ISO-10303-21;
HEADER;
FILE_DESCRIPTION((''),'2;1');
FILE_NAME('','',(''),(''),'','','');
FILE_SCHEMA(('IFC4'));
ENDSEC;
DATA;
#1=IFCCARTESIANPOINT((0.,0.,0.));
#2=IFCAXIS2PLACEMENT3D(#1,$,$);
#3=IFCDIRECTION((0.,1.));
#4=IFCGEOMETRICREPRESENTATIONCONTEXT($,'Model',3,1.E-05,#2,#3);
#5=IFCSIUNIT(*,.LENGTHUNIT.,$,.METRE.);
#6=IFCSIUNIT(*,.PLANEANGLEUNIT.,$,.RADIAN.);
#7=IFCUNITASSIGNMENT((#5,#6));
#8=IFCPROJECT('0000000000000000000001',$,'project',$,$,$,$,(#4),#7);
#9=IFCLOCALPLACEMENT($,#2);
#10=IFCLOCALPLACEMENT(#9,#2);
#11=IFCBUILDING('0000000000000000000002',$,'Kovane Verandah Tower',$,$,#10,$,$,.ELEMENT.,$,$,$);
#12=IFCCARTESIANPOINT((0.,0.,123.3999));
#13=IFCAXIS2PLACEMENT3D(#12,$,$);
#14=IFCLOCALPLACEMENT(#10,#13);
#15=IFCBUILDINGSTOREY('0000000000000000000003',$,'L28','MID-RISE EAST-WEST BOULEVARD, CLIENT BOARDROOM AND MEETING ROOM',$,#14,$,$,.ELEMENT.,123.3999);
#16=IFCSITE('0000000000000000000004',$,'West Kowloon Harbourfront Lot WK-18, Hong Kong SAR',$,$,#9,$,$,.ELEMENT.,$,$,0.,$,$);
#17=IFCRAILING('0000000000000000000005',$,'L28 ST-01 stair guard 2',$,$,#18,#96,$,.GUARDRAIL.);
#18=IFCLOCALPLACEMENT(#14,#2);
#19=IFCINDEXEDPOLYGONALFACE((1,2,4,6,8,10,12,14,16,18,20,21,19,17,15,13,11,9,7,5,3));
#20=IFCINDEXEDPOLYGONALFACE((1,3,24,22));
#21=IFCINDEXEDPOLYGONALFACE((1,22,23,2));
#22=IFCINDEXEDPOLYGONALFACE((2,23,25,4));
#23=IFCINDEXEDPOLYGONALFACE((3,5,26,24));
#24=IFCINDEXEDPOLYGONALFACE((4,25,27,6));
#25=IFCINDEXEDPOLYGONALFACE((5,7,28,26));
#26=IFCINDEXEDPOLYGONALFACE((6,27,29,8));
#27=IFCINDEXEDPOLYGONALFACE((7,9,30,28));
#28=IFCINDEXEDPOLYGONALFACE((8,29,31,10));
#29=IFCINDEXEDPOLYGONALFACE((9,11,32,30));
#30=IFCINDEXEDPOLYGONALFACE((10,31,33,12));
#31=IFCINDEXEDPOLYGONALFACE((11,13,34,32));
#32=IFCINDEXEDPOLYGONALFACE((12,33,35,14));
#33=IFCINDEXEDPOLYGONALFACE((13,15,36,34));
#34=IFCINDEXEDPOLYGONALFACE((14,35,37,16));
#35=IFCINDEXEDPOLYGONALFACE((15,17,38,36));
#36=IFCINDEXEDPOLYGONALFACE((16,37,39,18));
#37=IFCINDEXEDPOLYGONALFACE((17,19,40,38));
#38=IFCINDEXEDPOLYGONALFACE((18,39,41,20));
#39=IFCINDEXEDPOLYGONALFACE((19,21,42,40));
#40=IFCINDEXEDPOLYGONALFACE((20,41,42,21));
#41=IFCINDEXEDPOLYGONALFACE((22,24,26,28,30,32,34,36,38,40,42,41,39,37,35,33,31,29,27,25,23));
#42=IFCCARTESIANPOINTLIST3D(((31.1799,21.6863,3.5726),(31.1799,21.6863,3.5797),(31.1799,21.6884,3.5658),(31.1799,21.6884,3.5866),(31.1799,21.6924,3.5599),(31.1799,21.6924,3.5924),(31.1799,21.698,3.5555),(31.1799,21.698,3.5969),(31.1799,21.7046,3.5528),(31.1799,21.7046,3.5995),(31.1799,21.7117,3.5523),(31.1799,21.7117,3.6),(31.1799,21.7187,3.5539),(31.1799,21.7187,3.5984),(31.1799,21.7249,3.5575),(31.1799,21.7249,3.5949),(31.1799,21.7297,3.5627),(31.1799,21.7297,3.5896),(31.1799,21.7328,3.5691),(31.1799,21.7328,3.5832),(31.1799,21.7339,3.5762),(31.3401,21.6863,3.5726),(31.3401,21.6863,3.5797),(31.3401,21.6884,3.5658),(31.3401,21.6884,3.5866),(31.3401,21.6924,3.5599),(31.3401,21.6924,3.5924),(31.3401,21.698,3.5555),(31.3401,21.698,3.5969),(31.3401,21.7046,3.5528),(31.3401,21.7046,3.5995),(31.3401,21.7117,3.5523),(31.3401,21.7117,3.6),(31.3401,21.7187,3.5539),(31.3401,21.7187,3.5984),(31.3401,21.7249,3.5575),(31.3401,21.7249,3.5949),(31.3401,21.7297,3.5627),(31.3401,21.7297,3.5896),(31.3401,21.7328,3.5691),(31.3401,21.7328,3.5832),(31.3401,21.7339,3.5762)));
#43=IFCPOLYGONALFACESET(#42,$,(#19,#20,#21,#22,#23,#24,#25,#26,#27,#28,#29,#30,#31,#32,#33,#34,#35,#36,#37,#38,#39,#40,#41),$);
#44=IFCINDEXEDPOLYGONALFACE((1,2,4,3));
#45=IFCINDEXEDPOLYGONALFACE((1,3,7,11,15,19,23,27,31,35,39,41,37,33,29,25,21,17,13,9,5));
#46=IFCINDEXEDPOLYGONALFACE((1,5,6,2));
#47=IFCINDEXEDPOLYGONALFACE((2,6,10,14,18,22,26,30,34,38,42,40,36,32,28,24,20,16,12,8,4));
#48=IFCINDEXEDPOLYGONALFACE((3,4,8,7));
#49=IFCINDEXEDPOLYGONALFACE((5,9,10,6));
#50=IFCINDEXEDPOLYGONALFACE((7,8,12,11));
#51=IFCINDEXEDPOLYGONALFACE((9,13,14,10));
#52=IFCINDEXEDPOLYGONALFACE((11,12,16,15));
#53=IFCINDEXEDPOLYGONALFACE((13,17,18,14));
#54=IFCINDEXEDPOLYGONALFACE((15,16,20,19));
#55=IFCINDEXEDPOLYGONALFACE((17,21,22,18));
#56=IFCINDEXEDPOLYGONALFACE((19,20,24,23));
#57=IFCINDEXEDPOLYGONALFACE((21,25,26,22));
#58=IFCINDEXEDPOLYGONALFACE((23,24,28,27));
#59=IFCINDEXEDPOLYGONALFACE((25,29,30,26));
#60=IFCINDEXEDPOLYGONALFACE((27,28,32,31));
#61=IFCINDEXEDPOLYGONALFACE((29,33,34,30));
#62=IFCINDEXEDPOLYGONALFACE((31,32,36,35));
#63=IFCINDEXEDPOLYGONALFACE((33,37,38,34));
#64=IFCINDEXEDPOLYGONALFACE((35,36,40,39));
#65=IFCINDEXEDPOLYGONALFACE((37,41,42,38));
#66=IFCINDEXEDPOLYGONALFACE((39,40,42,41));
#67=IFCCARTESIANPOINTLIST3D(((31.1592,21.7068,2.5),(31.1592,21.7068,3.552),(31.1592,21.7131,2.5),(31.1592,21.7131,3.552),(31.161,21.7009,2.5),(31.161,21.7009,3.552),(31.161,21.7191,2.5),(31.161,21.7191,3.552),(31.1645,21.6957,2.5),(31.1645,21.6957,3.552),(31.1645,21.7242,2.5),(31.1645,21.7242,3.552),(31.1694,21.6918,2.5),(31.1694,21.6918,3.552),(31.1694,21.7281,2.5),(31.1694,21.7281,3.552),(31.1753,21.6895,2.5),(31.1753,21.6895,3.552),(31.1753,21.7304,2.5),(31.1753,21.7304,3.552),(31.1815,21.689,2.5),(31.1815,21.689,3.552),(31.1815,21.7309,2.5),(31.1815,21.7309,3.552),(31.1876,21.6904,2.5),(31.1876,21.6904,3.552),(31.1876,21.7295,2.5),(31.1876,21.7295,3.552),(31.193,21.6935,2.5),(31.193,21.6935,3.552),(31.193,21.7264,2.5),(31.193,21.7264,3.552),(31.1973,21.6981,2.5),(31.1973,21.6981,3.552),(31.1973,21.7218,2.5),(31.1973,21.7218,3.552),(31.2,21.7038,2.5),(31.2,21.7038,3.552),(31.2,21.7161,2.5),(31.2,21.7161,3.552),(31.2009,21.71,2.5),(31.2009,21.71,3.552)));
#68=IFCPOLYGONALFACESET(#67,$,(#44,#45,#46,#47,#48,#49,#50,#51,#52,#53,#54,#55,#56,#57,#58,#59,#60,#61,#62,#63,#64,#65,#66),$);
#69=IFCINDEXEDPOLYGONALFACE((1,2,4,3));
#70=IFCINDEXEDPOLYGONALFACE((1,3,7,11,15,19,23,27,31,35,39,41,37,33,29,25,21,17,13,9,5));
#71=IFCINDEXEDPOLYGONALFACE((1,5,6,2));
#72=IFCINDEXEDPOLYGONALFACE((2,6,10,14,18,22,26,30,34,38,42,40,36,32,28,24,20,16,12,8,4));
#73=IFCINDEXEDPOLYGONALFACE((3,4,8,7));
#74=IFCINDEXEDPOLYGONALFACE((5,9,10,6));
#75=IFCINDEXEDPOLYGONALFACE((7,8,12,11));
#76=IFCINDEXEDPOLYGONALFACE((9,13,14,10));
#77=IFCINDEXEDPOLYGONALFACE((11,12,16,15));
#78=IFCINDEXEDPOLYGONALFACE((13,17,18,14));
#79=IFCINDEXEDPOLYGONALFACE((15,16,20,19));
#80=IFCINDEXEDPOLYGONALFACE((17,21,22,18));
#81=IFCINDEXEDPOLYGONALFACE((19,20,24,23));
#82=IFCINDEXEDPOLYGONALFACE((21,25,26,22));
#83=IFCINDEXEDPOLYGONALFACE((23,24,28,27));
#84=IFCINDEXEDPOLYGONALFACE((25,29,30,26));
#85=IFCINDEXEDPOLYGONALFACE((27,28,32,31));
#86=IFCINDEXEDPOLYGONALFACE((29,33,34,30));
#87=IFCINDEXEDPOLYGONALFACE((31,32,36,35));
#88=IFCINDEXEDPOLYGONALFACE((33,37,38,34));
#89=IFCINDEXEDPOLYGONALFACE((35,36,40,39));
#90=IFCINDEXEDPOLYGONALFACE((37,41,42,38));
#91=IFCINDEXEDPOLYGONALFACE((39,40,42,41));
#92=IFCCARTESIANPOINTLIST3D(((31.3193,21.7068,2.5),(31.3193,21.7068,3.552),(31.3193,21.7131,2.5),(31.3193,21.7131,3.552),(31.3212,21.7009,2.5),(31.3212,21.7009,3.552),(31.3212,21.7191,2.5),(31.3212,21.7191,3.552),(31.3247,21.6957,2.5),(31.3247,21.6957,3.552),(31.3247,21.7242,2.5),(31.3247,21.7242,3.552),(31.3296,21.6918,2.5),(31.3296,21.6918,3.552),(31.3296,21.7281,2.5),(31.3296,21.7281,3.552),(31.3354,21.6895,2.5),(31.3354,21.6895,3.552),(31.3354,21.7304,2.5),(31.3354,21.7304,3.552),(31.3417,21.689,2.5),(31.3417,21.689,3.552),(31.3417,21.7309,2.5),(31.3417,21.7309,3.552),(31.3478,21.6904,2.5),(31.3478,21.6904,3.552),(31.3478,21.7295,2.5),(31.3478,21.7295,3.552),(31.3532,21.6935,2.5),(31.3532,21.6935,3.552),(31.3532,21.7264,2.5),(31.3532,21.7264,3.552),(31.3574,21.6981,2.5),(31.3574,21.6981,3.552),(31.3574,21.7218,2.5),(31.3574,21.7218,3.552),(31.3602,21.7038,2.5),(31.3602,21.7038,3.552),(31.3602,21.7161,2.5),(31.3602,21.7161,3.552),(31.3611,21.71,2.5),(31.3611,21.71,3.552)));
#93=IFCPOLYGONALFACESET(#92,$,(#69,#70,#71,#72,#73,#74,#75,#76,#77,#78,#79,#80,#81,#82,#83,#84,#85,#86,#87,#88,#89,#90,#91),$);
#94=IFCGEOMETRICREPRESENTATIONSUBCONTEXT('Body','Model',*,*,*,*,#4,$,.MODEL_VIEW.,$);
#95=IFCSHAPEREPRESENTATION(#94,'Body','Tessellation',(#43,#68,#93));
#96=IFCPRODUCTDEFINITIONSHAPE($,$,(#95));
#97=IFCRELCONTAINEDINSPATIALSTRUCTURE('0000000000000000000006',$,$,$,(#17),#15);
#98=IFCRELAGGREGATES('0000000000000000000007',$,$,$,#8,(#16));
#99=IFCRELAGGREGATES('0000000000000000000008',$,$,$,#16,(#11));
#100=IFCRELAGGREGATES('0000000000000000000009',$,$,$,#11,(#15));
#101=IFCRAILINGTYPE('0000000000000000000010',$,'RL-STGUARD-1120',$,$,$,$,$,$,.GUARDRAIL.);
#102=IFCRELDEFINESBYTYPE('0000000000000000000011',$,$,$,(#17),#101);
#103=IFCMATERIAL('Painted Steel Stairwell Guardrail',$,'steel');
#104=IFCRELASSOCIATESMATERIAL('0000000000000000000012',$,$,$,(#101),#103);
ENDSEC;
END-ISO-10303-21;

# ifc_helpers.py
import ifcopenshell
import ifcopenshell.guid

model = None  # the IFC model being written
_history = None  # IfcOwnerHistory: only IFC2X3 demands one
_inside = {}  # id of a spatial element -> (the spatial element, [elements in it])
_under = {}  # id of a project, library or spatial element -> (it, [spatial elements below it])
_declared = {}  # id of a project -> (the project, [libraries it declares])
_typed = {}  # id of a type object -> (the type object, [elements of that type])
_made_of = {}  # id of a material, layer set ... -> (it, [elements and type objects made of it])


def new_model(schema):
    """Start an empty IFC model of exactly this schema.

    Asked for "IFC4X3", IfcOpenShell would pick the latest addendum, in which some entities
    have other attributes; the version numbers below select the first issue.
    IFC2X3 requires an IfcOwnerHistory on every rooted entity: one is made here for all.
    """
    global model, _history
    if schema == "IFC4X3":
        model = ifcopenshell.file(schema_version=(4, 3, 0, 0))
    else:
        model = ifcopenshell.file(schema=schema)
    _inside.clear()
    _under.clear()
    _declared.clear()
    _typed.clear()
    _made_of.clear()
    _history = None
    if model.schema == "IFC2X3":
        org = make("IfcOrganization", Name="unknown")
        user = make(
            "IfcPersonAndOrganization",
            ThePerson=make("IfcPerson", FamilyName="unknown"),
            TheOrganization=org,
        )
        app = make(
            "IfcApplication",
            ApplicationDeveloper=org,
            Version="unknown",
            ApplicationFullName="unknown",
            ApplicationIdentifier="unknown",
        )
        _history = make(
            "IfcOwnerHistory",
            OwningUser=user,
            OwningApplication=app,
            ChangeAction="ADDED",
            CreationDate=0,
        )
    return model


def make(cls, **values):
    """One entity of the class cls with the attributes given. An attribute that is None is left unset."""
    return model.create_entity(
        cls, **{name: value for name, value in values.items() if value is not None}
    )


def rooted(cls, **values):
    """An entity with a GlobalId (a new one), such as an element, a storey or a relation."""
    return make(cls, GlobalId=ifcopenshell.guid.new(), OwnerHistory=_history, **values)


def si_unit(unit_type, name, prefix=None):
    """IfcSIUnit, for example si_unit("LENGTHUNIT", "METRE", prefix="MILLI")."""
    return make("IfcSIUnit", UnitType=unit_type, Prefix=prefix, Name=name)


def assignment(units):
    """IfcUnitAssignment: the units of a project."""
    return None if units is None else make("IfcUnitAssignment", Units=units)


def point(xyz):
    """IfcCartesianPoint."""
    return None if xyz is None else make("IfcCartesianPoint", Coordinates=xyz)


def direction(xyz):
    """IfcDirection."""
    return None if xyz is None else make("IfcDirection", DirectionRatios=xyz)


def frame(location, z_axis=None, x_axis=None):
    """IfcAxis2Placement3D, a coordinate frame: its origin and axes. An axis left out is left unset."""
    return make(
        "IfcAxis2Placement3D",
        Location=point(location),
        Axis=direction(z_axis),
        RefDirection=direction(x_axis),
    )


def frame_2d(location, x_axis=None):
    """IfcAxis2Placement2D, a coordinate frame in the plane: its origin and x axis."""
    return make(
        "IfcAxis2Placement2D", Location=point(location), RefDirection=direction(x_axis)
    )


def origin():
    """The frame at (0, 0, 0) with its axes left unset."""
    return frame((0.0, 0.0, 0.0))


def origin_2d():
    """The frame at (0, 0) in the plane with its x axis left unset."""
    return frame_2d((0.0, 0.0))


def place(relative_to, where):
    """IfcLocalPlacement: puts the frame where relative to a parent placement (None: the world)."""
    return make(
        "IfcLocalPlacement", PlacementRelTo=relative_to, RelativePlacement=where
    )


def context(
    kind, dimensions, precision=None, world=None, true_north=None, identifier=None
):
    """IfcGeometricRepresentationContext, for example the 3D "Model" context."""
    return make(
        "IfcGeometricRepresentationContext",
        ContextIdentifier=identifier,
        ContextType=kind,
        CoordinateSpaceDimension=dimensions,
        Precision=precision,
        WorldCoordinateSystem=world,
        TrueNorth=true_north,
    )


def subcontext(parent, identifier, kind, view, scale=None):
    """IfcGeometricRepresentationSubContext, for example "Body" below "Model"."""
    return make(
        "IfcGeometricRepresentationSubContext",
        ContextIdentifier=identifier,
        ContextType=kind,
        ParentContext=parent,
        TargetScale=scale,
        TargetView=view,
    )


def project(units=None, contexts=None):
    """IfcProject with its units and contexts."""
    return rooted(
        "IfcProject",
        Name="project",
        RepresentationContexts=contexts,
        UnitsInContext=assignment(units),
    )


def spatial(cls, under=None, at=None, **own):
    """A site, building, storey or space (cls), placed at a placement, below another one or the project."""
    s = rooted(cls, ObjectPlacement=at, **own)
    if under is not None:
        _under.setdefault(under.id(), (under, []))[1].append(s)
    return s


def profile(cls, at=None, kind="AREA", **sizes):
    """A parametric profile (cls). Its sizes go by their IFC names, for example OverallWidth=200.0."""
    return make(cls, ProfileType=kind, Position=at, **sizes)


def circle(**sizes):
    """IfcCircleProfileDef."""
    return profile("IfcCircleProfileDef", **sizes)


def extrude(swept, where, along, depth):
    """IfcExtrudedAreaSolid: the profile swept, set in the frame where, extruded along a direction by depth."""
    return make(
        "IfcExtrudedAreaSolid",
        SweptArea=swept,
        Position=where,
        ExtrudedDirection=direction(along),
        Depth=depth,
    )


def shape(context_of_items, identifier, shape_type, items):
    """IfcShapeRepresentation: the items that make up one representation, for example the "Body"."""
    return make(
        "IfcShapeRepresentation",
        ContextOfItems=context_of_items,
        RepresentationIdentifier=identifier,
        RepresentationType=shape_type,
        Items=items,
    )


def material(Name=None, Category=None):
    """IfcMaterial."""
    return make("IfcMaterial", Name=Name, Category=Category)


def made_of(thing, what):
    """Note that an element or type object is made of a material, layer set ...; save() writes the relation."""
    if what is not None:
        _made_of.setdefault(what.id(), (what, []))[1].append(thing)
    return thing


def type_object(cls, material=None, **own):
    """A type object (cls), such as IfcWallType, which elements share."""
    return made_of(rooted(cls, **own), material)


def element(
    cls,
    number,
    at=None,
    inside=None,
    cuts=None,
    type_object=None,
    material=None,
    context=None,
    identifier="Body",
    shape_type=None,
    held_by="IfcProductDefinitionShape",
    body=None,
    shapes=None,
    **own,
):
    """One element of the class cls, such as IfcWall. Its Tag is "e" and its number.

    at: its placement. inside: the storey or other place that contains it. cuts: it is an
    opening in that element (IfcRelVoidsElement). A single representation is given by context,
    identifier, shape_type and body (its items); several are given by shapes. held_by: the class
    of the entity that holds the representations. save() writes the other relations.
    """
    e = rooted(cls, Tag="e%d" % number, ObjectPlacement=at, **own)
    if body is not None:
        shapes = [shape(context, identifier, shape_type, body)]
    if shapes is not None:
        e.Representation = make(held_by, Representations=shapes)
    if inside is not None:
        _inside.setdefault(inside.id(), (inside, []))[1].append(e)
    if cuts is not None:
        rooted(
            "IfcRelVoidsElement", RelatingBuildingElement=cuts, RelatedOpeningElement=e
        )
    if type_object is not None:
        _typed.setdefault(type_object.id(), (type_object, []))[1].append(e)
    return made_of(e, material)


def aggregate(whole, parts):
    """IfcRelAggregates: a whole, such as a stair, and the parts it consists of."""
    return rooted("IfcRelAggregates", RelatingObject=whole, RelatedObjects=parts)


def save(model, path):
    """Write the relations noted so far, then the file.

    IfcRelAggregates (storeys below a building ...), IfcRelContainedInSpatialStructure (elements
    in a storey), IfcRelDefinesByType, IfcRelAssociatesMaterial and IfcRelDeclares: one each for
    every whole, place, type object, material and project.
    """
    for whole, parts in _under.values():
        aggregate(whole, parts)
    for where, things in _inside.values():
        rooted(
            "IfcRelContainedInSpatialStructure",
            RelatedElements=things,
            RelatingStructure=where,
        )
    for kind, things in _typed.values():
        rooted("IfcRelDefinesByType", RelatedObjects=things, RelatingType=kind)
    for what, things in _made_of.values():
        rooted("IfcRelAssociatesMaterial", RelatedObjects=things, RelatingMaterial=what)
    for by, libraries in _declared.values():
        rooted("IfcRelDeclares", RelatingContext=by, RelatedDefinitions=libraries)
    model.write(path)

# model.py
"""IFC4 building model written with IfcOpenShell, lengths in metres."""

from ifc_helpers import new_model, si_unit, direction, frame, origin, origin_2d, place, context, subcontext, project, spatial, circle, extrude, material, type_object, element, save


model = new_model("IFC4")

# Units and contexts
model_context = context("Model", 3, precision=1e-05, world=origin(), true_north=direction((0.0, 1.0)))
body_context = subcontext(model_context, "Body", "Model", "MODEL_VIEW")
ifc_project = project(units=[si_unit("LENGTHUNIT", "METRE"), si_unit("PLANEANGLEUNIT", "RADIAN")], contexts=[model_context])

# Site, building, storey
site_placement = place(None, origin())
site = spatial("IfcSite", under=ifc_project, at=site_placement, Name="West Kowloon Harbourfront Lot WK-18, Hong Kong SAR", CompositionType="ELEMENT", RefElevation=0.0)
building_placement = place(site_placement, origin())
building = spatial("IfcBuilding", under=site, at=building_placement, Name="Kovane Verandah Tower", CompositionType="ELEMENT")
storey_placement = place(building_placement, frame((0.0, 0.0, 123.3999)))
storey = spatial("IfcBuildingStorey", under=building, at=storey_placement, Name="L28", Description="MID-RISE EAST-WEST BOULEVARD, CLIENT BOARDROOM AND MEETING ROOM", CompositionType="ELEMENT", Elevation=123.3999)

# Railing
ifc_material_1 = material(Name="Painted Steel Stairwell Guardrail", Category="steel")
railing_type_1 = type_object("IfcRailingType", Name="RL-STGUARD-1120", PredefinedType="GUARDRAIL", material=ifc_material_1)
railing_1_placement = place(storey_placement, frame((31.1799, 21.71, 2.5)))
element("IfcRailing", 1, at=railing_1_placement, inside=storey, type_object=railing_type_1, Name="L28 ST-01 stair guard 2", PredefinedType="GUARDRAIL", context=body_context, shape_type="SweptSolid", body=[
    extrude(circle(Radius=0.0239, at=origin_2d()), frame((0.0, 0.0, 1.0762), z_axis=(1.0, 0.0, 0.0), x_axis=(0.0, 1.0, 0.0)), (0.0, 0.0, 1.0), 0.1602),
    extrude(circle(Radius=0.021, at=origin_2d()), origin(), (0.0, 0.0, 1.0), 1.052),
    extrude(circle(Radius=0.021, at=origin_2d()), frame((0.1602, 0.0, 0.0)), (0.0, 0.0, 1.0), 1.052),
])

save(model, "model.ifc")
